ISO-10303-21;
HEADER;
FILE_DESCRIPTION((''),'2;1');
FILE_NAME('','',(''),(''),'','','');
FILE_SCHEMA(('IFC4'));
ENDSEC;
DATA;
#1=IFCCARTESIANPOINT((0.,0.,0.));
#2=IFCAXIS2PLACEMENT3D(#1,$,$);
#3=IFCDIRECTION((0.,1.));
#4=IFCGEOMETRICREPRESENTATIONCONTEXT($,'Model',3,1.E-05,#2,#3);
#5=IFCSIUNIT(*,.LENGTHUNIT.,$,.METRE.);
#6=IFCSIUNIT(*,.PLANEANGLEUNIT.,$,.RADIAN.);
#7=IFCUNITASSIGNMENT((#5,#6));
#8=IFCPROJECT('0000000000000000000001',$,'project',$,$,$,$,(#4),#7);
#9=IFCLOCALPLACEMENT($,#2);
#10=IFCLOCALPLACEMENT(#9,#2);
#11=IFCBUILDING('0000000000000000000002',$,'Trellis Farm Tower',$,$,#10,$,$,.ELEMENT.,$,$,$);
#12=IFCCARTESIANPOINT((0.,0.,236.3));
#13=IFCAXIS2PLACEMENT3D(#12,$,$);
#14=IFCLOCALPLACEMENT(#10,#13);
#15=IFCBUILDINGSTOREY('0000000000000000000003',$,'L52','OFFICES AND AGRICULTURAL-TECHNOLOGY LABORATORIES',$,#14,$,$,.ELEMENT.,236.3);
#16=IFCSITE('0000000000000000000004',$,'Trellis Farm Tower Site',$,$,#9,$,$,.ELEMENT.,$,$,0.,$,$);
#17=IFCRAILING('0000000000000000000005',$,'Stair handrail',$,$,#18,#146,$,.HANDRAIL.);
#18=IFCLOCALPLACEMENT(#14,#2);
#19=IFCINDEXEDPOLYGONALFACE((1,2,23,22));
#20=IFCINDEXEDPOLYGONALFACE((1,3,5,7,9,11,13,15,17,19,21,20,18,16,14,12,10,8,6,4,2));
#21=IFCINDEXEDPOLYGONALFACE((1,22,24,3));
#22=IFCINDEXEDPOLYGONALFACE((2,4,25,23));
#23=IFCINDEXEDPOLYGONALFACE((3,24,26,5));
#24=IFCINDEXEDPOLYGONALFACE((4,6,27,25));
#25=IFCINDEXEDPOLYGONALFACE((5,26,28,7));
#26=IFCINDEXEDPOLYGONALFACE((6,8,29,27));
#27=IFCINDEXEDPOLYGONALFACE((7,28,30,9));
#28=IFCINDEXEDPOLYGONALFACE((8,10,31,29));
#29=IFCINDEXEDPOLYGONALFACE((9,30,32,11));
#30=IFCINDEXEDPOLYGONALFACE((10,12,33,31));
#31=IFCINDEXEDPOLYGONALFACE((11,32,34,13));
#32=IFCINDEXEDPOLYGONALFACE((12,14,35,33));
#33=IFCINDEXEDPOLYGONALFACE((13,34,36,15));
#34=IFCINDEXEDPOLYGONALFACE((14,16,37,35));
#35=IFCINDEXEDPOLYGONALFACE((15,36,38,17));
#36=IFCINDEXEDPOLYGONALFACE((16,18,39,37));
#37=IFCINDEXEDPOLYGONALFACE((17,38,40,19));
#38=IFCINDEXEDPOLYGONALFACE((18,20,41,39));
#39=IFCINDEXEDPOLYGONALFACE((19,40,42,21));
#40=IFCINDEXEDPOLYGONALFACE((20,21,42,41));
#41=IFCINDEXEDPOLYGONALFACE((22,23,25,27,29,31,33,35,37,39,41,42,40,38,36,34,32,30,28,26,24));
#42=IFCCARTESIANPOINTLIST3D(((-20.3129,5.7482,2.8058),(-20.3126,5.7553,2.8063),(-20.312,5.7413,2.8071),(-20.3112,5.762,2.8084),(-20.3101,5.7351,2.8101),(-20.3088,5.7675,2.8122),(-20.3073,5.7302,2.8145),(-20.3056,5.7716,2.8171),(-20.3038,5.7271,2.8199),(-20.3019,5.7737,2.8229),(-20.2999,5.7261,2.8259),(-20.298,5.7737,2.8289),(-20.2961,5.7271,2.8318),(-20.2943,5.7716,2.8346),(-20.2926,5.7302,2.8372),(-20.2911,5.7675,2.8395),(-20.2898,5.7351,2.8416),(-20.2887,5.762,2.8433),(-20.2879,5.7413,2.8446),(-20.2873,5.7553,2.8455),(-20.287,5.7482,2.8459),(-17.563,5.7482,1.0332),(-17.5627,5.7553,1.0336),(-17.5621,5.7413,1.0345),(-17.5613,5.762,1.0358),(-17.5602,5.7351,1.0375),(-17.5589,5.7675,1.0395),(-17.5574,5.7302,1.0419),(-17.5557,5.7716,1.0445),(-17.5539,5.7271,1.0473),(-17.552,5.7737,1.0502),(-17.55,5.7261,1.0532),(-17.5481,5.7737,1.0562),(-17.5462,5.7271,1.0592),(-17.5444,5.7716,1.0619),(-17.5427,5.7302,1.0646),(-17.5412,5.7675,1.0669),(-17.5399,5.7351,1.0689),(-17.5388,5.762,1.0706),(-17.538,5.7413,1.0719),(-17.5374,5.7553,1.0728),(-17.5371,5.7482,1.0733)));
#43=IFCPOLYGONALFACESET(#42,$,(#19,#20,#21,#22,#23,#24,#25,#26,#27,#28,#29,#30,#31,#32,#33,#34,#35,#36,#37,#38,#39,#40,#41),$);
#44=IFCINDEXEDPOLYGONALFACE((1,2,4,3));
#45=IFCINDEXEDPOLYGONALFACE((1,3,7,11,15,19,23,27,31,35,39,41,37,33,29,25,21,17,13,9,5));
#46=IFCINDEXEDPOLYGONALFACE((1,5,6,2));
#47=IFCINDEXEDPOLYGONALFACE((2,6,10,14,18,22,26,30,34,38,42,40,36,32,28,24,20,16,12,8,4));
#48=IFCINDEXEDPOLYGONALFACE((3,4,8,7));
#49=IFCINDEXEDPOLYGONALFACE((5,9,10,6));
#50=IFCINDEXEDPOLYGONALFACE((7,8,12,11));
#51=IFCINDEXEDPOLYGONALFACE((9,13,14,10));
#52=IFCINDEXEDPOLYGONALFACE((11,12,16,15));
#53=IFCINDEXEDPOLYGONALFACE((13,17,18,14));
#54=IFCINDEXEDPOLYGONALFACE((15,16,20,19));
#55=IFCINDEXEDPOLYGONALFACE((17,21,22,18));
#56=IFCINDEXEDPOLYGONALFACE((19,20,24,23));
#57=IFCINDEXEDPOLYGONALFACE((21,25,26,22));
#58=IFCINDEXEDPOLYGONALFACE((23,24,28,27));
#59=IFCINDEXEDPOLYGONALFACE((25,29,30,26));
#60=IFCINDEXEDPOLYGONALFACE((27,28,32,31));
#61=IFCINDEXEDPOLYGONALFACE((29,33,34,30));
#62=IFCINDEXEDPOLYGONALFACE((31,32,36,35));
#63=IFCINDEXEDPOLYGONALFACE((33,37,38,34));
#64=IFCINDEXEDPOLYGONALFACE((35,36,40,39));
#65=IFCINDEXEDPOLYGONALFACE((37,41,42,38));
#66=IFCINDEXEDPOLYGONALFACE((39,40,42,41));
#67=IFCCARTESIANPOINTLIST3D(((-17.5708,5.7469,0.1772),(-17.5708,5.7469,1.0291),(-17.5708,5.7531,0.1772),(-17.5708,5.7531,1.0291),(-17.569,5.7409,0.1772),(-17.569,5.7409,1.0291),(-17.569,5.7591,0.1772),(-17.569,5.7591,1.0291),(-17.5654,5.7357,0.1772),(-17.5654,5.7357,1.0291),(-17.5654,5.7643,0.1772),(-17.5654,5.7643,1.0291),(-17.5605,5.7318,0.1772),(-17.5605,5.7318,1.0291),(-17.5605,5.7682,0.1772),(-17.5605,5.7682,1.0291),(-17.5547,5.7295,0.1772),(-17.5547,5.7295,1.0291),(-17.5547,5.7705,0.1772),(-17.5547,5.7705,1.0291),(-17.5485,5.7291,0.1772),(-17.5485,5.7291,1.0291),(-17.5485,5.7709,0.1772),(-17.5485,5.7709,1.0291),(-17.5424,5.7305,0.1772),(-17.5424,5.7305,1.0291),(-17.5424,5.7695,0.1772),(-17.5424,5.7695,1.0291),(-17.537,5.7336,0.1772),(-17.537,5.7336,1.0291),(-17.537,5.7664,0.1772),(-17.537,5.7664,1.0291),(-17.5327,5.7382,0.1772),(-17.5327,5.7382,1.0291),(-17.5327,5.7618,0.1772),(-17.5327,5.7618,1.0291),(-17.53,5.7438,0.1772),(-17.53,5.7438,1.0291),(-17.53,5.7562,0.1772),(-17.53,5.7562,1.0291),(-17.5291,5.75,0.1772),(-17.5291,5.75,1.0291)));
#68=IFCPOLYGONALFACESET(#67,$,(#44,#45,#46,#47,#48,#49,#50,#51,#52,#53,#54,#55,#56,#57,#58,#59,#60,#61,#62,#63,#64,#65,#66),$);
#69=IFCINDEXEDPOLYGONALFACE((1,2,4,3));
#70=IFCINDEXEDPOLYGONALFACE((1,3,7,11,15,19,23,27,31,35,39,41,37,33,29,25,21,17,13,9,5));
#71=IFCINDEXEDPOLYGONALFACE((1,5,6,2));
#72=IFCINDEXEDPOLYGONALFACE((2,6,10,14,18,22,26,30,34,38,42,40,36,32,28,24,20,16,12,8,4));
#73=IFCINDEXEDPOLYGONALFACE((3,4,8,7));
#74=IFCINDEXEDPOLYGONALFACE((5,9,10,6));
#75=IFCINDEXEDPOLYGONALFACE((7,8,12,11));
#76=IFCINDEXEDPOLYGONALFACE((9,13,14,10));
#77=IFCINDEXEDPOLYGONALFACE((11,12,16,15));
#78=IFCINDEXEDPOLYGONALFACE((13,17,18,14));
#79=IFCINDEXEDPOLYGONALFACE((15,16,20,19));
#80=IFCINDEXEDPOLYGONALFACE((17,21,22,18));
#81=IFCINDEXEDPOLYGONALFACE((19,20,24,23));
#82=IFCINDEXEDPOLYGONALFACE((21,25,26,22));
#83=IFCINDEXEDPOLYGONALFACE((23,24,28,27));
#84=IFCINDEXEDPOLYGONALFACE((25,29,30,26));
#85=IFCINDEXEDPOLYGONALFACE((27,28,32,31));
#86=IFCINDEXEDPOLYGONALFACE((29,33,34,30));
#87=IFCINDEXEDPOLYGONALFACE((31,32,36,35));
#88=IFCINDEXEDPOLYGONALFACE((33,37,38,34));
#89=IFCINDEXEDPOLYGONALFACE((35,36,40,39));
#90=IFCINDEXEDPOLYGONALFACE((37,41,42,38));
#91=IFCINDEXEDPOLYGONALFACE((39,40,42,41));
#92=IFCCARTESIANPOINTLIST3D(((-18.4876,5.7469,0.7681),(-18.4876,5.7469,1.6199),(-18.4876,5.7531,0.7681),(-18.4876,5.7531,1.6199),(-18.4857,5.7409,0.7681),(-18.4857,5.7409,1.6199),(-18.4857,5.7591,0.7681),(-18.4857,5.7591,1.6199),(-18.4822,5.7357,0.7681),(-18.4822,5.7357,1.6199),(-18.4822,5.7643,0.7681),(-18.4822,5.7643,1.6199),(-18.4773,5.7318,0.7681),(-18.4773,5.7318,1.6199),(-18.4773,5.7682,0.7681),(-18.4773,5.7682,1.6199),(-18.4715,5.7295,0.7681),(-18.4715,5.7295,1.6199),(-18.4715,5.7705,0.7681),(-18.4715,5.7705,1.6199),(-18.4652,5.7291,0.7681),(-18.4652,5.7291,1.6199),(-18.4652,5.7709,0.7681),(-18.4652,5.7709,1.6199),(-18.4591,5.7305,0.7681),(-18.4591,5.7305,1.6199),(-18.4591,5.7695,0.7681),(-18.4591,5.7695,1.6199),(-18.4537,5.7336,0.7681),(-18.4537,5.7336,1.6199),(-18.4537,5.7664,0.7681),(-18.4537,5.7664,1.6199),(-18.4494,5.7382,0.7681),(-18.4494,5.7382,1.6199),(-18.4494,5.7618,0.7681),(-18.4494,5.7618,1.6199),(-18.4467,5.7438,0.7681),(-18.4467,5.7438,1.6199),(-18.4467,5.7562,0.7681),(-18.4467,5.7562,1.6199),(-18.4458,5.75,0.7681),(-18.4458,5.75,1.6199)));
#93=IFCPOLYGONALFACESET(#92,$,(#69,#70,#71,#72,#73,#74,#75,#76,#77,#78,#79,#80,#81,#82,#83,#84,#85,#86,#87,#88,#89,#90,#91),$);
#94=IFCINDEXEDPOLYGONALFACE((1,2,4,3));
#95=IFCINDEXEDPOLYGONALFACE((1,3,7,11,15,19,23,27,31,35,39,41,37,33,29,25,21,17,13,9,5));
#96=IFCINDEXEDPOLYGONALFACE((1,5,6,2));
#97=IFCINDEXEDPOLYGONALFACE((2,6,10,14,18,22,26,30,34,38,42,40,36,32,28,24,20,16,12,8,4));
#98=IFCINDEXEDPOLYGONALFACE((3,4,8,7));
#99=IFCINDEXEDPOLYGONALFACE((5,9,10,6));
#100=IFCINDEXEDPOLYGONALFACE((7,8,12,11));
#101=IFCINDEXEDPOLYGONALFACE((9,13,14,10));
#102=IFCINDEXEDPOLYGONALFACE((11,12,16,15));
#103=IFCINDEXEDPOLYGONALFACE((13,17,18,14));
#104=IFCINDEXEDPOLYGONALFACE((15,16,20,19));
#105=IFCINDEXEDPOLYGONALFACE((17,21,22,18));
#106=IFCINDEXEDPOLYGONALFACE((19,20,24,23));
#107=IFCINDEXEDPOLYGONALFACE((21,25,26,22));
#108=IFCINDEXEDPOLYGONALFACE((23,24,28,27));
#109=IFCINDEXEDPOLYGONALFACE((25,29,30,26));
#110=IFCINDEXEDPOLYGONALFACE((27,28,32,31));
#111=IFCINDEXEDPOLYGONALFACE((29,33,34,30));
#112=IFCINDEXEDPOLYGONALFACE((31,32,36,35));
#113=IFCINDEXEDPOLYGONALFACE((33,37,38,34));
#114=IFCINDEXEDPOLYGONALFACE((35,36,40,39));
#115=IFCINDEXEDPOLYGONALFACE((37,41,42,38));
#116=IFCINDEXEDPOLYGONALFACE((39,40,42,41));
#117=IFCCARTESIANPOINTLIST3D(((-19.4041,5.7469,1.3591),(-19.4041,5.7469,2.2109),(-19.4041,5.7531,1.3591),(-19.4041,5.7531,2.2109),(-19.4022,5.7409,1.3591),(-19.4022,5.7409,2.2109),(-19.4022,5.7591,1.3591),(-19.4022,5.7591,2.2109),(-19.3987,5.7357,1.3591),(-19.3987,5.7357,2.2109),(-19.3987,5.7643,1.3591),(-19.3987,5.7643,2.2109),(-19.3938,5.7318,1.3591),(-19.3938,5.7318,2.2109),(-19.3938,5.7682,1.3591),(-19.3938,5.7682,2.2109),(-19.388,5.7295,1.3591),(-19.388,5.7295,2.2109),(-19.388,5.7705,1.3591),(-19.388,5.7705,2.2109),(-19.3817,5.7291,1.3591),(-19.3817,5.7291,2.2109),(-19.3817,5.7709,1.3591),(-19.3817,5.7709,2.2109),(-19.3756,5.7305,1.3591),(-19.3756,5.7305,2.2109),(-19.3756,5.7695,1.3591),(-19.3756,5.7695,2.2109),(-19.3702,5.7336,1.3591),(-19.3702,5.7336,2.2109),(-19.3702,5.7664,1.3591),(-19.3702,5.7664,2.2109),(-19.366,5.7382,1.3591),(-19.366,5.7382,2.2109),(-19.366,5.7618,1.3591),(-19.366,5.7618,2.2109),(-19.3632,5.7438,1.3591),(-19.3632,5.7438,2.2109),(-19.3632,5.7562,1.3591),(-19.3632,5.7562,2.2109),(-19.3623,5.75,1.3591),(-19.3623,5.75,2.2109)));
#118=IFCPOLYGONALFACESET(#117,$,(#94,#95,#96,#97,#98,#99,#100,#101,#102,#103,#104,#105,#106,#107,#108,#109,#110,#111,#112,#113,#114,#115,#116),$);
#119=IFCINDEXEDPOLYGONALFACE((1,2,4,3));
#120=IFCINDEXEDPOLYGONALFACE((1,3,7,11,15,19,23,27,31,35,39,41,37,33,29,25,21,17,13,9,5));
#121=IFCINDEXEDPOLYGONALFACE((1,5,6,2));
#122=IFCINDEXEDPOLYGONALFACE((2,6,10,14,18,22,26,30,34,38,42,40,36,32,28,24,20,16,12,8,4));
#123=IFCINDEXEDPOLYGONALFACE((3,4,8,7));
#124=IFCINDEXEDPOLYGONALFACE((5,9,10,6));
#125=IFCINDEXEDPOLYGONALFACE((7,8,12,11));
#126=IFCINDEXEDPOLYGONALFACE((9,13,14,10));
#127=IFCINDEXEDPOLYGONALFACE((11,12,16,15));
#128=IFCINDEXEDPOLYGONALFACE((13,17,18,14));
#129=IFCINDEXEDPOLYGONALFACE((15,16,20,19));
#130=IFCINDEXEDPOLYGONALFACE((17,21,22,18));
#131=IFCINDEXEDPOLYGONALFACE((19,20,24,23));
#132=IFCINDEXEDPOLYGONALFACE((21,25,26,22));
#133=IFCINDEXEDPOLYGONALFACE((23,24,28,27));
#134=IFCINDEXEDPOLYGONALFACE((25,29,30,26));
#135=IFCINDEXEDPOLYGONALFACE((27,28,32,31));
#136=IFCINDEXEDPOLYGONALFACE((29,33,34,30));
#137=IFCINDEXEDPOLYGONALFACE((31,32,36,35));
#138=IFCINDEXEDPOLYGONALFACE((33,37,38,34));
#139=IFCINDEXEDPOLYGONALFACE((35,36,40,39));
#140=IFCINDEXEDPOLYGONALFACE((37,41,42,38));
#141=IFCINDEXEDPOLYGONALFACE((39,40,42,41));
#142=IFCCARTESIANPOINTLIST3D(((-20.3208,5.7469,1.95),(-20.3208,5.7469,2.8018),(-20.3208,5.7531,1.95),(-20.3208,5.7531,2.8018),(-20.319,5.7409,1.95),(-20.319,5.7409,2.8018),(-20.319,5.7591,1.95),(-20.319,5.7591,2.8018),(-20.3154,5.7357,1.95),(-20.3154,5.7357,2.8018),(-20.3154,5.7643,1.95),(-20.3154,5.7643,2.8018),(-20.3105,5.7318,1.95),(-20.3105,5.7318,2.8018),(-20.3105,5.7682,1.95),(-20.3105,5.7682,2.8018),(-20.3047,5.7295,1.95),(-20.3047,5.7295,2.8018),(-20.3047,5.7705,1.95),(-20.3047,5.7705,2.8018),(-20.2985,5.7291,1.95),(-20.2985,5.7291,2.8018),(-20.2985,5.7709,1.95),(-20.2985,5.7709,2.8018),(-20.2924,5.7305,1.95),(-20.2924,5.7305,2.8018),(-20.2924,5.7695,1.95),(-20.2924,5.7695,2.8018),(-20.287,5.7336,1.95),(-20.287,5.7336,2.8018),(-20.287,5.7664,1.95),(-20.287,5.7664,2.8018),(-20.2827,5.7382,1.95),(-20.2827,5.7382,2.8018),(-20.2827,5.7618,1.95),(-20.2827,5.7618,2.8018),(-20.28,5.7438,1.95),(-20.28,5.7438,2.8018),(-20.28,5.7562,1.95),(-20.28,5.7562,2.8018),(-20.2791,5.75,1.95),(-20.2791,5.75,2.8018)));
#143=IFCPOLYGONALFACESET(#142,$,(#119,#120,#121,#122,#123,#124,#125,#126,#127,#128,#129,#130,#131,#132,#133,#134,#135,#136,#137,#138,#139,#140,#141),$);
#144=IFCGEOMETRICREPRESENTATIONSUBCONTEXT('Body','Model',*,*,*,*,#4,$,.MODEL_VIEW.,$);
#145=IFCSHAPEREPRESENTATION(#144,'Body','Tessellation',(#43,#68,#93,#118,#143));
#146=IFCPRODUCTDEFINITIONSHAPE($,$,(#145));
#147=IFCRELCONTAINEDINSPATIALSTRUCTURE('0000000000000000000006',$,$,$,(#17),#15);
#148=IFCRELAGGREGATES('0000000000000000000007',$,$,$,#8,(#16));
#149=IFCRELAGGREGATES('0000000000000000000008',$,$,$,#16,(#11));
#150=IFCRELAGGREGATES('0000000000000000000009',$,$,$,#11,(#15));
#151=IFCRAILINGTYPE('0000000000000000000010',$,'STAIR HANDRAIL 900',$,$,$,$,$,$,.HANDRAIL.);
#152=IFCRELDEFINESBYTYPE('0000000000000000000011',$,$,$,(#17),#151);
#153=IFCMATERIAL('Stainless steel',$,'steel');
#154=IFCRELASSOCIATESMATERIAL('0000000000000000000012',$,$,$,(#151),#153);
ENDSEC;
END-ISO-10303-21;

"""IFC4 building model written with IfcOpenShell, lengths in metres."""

from ifc_helpers import new_model, si_unit, direction, frame, origin, origin_2d, place, context, subcontext, project, spatial, circle, extrude, source, transform, mapped, material, type_object, element, save


model = new_model("IFC4")

# Units and contexts
model_context = context("Model", 3, precision=1e-05, world=origin(), true_north=direction((0.0, 1.0)))
body_context = subcontext(model_context, "Body", "Model", "MODEL_VIEW")
ifc_project = project(units=[si_unit("LENGTHUNIT", "METRE"), si_unit("PLANEANGLEUNIT", "RADIAN")], contexts=[model_context])

# Site, building, storey
site_placement = place(None, origin())
site = spatial("IfcSite", under=ifc_project, at=site_placement, Name="Trellis Farm Tower Site", CompositionType="ELEMENT", RefElevation=0.0)
building_placement = place(site_placement, origin())
building = spatial("IfcBuilding", under=site, at=building_placement, Name="Trellis Farm Tower", CompositionType="ELEMENT")
storey_placement = place(building_placement, frame((0.0, 0.0, 236.3)))
storey = spatial("IfcBuildingStorey", under=building, at=storey_placement, Name="L52", Description="OFFICES AND AGRICULTURAL-TECHNOLOGY LABORATORIES", CompositionType="ELEMENT", Elevation=236.3)

# Railing
ifc_material_1 = material(Name="Stainless steel", Category="steel")
railing_type = type_object("IfcRailingType", Name="STAIR HANDRAIL 900", PredefinedType="HANDRAIL", material=ifc_material_1)
shared_shape_1 = source(origin(), body_context, "Body", "SweptSolid", [
    extrude(circle(Radius=0.0239, at=origin_2d()), frame((0.0, 0.0, 0.876), z_axis=(-0.840504, 0.0, 0.541806), x_axis=(0.0, -1.0, 0.0)), (0.0, 0.0, 1.0), 3.2717),
    extrude(circle(Radius=0.021, at=origin_2d()), origin(), (0.0, 0.0, 1.0), 0.8518),
    extrude(circle(Radius=0.021, at=origin_2d()), frame((-0.9167, 0.0, 0.5908)), (0.0, 0.0, 1.0), 0.8518),
    extrude(circle(Radius=0.021, at=origin_2d()), frame((-1.8333, 0.0, 1.1819)), (0.0, 0.0, 1.0), 0.8518),
    extrude(circle(Radius=0.021, at=origin_2d()), frame((-2.75, 0.0, 1.7727)), (0.0, 0.0, 1.0), 0.8518),
])
for number, where, name in (
    (1, (-17.55, 5.75, 0.1772), "Stair handrail"),
):
    element("IfcRailing", number, at=place(storey_placement, frame(where)), inside=storey, type_object=railing_type, Name=name, PredefinedType="HANDRAIL", context=body_context, shape_type="MappedRepresentation", body=[
        mapped(shared_shape_1, transform((0.0, 0.0, 0.0))),
    ])

save(model, "model.ifc")
